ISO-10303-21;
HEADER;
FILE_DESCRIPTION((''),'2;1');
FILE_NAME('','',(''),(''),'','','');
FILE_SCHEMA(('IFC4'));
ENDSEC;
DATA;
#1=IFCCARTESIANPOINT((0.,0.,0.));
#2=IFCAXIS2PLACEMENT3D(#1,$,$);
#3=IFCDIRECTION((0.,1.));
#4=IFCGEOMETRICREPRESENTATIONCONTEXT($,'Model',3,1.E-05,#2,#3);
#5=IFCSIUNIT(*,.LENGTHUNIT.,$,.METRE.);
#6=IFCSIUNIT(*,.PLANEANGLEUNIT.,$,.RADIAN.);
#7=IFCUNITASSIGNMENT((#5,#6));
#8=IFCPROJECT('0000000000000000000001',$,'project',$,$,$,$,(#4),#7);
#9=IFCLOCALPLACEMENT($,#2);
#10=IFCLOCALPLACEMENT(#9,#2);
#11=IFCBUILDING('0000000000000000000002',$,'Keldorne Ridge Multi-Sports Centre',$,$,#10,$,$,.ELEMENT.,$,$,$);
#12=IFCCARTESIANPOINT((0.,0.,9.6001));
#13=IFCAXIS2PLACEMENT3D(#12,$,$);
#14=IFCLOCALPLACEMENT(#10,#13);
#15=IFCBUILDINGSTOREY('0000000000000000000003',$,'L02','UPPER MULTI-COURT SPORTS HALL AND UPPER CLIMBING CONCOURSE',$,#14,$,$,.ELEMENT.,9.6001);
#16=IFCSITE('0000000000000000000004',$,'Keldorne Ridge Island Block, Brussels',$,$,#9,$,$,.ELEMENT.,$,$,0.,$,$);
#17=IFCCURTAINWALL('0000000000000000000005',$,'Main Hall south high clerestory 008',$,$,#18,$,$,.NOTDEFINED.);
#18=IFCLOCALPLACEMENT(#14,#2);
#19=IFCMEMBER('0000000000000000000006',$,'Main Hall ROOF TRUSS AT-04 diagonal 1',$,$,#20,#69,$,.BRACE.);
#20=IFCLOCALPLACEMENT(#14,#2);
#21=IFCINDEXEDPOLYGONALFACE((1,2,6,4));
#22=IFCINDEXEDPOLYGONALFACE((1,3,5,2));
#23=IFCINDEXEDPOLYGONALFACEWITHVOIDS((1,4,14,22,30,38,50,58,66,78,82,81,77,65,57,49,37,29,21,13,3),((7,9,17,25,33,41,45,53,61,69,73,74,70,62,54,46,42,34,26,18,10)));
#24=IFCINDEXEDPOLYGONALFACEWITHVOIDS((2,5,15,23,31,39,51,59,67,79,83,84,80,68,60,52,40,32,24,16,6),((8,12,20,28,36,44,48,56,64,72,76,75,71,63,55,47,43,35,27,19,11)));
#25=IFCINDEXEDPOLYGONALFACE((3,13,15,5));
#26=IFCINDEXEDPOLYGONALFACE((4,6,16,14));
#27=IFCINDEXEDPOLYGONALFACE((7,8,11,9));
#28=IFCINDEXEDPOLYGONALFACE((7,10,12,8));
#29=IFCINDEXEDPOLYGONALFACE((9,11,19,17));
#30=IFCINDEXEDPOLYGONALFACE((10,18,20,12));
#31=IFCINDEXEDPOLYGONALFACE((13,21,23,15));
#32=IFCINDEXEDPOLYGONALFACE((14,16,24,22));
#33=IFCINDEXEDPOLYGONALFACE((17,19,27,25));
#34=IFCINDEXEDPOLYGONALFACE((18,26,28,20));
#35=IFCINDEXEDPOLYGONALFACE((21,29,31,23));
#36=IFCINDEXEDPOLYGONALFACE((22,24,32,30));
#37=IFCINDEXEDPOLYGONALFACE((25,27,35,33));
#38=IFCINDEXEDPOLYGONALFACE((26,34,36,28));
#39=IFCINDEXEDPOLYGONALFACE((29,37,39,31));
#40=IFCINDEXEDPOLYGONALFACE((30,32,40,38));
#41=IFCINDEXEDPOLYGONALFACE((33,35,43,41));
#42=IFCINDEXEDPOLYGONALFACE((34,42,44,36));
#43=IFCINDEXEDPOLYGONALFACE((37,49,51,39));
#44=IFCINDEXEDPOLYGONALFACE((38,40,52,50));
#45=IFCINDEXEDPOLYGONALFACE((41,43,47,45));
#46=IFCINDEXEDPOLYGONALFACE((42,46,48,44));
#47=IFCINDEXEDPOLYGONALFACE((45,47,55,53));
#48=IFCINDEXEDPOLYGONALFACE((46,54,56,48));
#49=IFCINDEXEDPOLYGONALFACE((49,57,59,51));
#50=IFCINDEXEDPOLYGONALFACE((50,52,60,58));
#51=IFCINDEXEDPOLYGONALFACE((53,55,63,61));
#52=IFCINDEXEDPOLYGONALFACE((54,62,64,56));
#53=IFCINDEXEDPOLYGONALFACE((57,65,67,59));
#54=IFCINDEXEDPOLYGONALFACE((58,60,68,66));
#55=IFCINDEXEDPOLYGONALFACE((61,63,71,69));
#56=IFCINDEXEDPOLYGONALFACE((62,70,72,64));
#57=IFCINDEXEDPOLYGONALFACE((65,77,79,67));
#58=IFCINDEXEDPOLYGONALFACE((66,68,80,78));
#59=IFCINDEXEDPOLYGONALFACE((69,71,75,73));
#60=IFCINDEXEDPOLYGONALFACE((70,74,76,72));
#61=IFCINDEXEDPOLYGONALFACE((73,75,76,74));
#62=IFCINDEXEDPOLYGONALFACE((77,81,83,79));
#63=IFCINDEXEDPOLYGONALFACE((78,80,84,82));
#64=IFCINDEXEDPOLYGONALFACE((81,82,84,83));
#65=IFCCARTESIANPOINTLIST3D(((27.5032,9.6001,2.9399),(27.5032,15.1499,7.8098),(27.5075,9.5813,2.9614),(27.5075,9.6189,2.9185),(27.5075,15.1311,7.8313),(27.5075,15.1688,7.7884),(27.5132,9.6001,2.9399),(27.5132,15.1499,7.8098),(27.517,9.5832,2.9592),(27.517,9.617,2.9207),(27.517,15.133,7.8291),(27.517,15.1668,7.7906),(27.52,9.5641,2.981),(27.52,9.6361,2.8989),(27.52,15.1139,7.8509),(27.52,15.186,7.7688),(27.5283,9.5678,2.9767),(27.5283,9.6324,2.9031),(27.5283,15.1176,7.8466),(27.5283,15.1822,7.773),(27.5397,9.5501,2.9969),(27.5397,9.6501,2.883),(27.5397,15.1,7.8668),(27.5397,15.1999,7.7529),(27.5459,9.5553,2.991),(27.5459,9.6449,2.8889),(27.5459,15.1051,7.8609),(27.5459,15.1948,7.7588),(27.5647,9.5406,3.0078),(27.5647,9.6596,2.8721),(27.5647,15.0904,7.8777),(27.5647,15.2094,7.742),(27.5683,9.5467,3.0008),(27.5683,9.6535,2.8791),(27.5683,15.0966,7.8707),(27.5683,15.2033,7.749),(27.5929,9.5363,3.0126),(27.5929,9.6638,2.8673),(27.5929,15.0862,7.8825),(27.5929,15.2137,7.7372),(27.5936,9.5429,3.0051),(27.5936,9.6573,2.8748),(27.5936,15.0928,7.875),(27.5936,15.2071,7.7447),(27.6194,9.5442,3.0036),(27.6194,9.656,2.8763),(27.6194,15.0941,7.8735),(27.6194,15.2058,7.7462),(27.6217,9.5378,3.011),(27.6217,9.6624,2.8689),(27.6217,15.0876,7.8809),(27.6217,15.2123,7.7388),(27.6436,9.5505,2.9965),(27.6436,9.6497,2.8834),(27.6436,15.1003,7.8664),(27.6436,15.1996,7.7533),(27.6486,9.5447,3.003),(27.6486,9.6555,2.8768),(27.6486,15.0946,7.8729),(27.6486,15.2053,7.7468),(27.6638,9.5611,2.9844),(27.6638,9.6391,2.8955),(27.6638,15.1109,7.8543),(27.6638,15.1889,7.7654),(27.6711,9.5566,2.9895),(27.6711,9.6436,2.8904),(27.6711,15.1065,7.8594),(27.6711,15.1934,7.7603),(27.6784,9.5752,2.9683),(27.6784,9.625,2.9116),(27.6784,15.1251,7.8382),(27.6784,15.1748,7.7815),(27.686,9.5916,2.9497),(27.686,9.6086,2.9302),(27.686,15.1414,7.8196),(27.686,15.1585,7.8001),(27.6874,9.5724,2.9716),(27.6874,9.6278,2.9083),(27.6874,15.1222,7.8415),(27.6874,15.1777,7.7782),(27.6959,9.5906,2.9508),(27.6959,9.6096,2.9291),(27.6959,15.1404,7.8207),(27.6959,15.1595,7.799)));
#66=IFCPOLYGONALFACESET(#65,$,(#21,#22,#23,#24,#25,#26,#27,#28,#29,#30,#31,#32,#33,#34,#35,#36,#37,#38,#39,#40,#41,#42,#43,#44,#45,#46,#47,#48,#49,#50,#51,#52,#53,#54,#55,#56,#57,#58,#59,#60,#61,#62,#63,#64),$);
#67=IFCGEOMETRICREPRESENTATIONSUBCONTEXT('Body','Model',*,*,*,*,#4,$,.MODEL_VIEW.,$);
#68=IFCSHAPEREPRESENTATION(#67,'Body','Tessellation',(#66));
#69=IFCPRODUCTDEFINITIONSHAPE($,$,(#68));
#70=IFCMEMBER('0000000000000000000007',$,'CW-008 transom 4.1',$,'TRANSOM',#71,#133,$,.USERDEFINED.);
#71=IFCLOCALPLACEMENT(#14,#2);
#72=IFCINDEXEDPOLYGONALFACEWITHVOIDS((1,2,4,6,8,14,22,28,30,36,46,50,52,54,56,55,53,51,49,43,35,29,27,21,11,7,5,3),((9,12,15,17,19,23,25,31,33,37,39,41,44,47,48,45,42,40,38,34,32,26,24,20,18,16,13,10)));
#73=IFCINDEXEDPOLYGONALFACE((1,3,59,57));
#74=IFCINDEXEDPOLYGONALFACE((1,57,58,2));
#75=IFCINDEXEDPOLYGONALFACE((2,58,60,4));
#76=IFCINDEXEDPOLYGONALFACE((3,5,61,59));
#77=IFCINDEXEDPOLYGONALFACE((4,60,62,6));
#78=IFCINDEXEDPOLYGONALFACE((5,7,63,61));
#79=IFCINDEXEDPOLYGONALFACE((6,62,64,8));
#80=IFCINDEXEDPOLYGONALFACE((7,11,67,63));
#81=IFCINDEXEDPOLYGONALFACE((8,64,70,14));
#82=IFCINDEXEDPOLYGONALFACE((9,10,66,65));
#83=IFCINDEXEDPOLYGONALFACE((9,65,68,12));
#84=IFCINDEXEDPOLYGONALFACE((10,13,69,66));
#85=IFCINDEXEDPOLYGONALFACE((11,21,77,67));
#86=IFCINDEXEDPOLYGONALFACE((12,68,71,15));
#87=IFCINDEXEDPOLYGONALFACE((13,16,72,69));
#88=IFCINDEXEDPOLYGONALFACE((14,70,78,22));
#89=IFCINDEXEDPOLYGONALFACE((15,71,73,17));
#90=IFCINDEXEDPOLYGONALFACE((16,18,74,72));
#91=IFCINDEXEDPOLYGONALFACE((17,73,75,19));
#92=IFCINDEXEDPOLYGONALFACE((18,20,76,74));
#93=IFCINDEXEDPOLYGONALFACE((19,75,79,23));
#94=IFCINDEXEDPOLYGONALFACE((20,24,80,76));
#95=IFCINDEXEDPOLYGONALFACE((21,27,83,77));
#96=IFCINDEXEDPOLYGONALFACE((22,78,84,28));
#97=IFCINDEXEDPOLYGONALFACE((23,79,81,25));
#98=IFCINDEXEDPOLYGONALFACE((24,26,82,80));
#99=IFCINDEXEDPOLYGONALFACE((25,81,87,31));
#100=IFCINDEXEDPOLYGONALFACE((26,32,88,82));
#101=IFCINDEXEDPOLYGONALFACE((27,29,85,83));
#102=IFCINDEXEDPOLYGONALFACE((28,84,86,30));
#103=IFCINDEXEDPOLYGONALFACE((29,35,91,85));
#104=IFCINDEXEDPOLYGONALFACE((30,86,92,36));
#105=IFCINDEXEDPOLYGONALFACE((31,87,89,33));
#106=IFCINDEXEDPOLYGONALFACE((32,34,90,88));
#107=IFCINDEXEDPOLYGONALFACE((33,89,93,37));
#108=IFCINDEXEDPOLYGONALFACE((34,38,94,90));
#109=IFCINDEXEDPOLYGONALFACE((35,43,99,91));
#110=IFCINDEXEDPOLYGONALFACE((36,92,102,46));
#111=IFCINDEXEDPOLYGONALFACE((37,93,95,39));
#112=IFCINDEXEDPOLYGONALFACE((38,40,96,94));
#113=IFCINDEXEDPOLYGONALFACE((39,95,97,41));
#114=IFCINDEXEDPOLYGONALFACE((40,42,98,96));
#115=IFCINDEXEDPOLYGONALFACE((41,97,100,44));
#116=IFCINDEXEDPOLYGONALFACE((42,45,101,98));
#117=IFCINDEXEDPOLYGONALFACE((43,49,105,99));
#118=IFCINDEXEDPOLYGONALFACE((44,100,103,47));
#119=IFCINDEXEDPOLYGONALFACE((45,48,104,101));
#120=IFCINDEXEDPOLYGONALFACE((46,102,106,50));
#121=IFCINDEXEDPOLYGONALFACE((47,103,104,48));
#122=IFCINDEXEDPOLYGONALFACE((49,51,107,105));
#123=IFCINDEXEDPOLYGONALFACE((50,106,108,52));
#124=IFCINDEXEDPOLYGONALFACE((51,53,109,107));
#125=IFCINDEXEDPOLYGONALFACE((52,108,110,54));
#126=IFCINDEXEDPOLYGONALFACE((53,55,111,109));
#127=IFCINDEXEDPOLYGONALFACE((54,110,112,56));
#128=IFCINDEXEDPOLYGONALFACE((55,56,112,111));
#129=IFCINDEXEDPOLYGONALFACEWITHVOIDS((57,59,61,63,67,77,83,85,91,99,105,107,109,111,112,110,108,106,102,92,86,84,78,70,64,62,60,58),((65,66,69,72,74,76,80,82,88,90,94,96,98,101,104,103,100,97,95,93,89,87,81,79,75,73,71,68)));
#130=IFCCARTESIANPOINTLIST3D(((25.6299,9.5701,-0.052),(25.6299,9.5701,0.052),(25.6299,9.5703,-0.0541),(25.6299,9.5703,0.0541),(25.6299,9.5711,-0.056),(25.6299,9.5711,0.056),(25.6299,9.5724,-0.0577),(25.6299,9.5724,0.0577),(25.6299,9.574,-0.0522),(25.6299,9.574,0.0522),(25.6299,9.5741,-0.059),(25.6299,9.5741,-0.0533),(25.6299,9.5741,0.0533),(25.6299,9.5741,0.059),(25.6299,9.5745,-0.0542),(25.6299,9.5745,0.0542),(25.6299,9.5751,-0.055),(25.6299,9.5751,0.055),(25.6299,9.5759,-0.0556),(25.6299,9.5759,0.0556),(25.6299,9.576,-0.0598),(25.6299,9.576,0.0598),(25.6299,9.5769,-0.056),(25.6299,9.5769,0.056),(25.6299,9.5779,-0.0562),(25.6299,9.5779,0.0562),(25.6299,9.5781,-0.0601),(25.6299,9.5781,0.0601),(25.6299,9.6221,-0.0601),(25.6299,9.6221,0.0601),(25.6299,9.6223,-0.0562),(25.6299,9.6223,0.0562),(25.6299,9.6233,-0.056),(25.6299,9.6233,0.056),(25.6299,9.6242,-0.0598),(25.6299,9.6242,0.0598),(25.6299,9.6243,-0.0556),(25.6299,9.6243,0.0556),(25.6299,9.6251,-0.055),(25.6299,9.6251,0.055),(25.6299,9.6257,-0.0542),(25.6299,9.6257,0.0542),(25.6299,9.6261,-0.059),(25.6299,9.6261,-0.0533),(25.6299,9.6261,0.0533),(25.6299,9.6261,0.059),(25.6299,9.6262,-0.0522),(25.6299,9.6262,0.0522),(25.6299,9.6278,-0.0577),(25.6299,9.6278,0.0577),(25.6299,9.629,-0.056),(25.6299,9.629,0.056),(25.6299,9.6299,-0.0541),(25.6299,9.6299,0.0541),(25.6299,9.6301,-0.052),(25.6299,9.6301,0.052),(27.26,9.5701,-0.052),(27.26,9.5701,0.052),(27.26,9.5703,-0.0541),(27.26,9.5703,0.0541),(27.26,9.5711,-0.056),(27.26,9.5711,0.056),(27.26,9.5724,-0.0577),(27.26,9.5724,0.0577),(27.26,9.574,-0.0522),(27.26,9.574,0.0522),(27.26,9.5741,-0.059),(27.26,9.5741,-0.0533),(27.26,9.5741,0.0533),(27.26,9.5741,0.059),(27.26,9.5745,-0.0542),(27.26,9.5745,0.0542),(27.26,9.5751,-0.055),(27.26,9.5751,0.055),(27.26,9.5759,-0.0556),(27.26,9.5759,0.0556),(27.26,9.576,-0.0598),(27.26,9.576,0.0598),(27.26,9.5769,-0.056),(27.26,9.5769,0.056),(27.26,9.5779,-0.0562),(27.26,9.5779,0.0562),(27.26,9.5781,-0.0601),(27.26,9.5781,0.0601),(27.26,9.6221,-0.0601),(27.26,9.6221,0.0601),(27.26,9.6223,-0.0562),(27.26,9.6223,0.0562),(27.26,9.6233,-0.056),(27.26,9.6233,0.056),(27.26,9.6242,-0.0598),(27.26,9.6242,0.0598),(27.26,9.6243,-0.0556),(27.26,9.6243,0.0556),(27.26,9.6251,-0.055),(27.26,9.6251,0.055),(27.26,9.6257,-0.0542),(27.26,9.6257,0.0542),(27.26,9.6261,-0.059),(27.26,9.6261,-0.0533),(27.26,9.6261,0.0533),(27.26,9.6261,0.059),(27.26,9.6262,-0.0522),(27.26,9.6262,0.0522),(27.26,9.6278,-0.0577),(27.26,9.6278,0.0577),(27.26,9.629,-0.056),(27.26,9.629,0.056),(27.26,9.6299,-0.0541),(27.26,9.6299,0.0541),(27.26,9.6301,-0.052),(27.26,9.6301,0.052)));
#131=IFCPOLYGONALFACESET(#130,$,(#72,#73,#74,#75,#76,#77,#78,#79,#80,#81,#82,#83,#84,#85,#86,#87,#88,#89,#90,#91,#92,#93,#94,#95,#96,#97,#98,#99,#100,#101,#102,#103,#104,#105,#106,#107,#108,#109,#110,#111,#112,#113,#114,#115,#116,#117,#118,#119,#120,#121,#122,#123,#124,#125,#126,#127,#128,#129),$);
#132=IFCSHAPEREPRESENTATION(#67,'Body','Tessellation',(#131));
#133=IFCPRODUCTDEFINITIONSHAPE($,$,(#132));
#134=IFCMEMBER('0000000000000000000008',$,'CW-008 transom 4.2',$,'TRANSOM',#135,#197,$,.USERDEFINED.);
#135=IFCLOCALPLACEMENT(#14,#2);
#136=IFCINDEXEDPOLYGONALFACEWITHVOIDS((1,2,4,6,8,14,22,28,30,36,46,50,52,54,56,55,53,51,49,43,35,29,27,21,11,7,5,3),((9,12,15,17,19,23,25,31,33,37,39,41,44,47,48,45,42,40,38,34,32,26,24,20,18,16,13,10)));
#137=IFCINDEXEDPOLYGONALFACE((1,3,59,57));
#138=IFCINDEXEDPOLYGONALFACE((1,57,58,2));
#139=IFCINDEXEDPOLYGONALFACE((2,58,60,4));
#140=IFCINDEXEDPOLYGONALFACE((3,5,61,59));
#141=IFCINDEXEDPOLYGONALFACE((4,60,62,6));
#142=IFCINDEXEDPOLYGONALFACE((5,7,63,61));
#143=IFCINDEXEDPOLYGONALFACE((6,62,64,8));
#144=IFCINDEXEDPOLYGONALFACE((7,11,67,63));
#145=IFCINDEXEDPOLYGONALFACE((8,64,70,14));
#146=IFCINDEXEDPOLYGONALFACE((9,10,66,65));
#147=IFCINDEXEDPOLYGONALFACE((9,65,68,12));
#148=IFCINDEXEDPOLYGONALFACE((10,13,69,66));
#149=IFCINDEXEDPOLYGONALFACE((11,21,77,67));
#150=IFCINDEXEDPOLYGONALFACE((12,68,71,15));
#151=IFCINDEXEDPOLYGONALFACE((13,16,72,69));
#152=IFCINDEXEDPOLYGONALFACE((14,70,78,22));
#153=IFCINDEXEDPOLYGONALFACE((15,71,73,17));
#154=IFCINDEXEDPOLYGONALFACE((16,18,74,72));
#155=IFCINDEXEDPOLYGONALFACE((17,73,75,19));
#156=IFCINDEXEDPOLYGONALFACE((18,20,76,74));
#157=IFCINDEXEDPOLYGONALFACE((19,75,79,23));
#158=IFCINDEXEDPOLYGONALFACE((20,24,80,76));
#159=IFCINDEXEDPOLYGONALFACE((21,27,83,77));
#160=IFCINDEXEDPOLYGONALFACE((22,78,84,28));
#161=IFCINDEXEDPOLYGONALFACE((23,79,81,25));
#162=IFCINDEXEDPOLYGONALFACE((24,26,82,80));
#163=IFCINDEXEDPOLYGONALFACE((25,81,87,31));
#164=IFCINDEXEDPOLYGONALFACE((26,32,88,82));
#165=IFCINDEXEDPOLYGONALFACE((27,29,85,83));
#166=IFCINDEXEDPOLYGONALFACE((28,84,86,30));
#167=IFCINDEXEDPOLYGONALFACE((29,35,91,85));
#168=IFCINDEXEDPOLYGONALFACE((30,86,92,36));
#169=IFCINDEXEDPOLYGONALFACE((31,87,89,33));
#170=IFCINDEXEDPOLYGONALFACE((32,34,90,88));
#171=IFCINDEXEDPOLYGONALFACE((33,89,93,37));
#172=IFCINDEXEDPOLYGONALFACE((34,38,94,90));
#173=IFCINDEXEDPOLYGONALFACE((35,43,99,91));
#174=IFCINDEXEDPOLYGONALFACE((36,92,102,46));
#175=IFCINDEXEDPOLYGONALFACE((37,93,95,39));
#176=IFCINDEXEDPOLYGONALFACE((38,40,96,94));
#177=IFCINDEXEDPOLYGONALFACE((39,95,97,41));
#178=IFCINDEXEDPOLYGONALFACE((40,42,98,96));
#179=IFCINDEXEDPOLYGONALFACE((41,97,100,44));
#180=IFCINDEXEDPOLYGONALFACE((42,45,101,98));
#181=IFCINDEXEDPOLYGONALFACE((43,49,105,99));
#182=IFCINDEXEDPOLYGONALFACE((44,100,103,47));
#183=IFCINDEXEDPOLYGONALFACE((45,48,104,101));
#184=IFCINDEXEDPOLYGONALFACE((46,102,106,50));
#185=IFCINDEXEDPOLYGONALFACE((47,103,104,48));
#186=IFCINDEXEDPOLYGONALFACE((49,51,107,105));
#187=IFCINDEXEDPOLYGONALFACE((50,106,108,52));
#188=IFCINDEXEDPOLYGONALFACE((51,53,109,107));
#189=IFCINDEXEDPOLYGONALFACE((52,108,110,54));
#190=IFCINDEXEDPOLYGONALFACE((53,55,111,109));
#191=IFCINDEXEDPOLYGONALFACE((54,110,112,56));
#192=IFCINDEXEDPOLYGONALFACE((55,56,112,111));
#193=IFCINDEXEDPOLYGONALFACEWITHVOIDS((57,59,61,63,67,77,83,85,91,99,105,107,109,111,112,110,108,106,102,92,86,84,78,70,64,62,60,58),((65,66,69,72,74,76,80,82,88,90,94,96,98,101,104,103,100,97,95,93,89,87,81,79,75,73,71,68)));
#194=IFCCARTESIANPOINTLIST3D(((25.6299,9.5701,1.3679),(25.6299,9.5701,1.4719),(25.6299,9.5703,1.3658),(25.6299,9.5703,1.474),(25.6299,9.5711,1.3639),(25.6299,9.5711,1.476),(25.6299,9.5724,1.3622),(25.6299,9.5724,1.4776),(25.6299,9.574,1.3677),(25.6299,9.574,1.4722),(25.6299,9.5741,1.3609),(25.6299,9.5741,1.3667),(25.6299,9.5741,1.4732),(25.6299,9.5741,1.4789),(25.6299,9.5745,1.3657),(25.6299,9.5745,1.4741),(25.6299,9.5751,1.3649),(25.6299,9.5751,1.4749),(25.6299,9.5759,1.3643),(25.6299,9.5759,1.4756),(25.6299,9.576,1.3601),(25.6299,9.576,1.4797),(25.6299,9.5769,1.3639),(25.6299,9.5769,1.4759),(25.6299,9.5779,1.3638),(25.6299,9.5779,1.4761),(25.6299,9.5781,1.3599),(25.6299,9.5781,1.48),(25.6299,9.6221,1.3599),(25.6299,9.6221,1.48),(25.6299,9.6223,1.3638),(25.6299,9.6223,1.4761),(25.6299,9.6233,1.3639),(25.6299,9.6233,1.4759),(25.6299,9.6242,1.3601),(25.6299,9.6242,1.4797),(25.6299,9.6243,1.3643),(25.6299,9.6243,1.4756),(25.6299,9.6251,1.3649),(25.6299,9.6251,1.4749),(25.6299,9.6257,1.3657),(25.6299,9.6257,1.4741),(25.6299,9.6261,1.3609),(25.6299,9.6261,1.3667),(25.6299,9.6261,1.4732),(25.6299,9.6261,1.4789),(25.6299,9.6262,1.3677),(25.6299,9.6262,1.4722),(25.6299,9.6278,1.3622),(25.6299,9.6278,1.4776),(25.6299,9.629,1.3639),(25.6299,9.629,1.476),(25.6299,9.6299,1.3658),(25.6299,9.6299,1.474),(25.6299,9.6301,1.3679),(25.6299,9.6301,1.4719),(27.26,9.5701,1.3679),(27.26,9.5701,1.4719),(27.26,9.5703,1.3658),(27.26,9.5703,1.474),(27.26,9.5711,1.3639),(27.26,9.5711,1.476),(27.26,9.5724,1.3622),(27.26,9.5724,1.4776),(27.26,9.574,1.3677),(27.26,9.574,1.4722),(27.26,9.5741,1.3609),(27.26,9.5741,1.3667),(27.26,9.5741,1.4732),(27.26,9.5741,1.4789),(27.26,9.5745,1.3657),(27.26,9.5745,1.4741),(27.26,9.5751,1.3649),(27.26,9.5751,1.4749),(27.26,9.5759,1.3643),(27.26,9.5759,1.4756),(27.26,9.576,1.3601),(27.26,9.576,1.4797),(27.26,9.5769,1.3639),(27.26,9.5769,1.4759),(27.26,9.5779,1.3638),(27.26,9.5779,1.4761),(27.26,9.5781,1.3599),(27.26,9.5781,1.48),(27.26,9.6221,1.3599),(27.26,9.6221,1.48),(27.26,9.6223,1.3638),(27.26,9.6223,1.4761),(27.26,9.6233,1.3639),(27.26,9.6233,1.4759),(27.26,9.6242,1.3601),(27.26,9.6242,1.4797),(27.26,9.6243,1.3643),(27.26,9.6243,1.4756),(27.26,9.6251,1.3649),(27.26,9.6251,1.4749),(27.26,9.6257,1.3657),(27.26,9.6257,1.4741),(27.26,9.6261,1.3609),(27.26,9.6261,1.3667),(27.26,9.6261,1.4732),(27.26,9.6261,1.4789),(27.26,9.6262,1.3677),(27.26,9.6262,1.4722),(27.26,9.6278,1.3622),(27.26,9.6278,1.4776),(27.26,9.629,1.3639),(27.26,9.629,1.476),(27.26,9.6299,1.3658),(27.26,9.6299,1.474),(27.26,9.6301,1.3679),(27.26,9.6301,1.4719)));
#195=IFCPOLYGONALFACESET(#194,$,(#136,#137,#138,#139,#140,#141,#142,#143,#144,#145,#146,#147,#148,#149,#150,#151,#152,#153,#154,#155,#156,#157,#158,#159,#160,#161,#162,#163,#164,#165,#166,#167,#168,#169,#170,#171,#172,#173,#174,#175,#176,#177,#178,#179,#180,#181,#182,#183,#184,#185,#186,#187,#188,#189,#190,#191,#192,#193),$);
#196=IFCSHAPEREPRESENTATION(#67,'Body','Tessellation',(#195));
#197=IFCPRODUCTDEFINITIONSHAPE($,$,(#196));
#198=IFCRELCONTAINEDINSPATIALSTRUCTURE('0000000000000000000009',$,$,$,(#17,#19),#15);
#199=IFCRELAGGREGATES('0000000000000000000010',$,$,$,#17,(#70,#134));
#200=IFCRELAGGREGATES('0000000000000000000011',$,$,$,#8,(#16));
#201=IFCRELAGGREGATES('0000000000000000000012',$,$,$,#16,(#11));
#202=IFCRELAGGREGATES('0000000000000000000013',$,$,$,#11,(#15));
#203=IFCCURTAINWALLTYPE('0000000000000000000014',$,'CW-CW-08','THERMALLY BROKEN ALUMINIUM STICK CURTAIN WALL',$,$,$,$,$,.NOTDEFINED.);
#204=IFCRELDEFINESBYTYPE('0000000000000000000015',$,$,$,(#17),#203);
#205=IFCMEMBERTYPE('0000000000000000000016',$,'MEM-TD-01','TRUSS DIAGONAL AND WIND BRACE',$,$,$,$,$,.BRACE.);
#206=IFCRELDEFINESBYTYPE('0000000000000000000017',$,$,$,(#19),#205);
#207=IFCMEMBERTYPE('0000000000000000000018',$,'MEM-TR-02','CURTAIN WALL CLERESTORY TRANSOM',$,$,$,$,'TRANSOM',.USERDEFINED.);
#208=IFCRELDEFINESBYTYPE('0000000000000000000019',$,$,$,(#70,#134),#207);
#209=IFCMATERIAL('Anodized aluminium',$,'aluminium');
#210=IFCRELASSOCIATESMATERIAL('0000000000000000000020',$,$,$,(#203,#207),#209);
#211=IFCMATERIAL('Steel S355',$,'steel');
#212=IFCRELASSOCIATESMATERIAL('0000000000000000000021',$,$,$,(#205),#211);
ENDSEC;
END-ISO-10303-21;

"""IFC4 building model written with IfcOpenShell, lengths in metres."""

from ifc_helpers import new_model, si_unit, direction, frame, origin, origin_2d, place, context, subcontext, project, spatial, hollow_rectangle, hollow_circle, extrude, material, material_profile, profile_set, type_object, element, aggregate, save


model = new_model("IFC4")

# Units and contexts
model_context = context("Model", 3, precision=1e-05, world=origin(), true_north=direction((0.0, 1.0)))
body_context = subcontext(model_context, "Body", "Model", "MODEL_VIEW")
ifc_project = project(units=[si_unit("LENGTHUNIT", "METRE"), si_unit("PLANEANGLEUNIT", "RADIAN")], contexts=[model_context])

# Site, building, storey
site_placement = place(None, origin())
site = spatial("IfcSite", under=ifc_project, at=site_placement, Name="Keldorne Ridge Island Block, Brussels", CompositionType="ELEMENT", RefElevation=0.0)
building_placement = place(site_placement, origin())
building = spatial("IfcBuilding", under=site, at=building_placement, Name="Keldorne Ridge Multi-Sports Centre", CompositionType="ELEMENT")
storey_placement = place(building_placement, frame((0.0, 0.0, 9.6001)))
storey = spatial("IfcBuildingStorey", under=building, at=storey_placement, Name="L02", Description="UPPER MULTI-COURT SPORTS HALL AND UPPER CLIMBING CONCOURSE", CompositionType="ELEMENT", Elevation=9.6001)

# Shared definitions
ifc_material_1 = material(Name="Steel S355", Category="steel")

# Curtain wall
ifc_material_2 = material(Name="Anodized aluminium", Category="aluminium")
curtain_wall_type_1 = type_object("IfcCurtainWallType", Name="CW-CW-08", Description="THERMALLY BROKEN ALUMINIUM STICK CURTAIN WALL", PredefinedType="NOTDEFINED", material=ifc_material_2)
curtain_wall_1_placement = place(storey_placement, origin())
curtain_wall_1 = element("IfcCurtainWall", 1, at=curtain_wall_1_placement, inside=storey, type_object=curtain_wall_type_1, Name="Main Hall south high clerestory 008", PredefinedType="NOTDEFINED")

# Member
ifc_material_profile_1 = material_profile(ifc_material_1, hollow_circle(Radius=0.0969, WallThickness=0.01, at=origin_2d()), Name="CHS 193.7x10")
ifc_profile_set_1 = profile_set([ifc_material_profile_1], Name="Steel S355")
member_type_1 = type_object("IfcMemberType", Name="MEM-TD-01", Description="TRUSS DIAGONAL AND WIND BRACE", PredefinedType="BRACE", material=ifc_profile_set_1)
member_1_placement = place(storey_placement, frame((27.6001, 9.6001, 2.9399), z_axis=(0.0, 0.75165, 0.659562), x_axis=(-1.0, 0.0, 0.0)))
element("IfcMember", 2, at=member_1_placement, inside=storey, type_object=member_type_1, Name="Main Hall ROOF TRUSS AT-04 diagonal 1", PredefinedType="BRACE", context=body_context, shape_type="SweptSolid", body=[
    extrude(hollow_circle(Radius=0.0969, WallThickness=0.01, at=origin_2d()), origin(), (0.0, 0.0, 1.0), 7.3835),
])

# Members
ifc_material_profile_2 = material_profile(ifc_material_2, hollow_rectangle(XDim=0.0601, YDim=0.1201, WallThickness=0.0039, InnerFilletRadius=0.0039, OuterFilletRadius=0.0081, at=origin_2d()), Name="ALU TRANSOM 120x60x4")
ifc_profile_set_2 = profile_set([ifc_material_profile_2], Name="Anodized aluminium")
member_type_2 = type_object("IfcMemberType", Name="MEM-TR-02", Description="CURTAIN WALL CLERESTORY TRANSOM", ElementType="TRANSOM", PredefinedType="USERDEFINED", material=ifc_profile_set_2)
member_2_placement = place(storey_placement, frame((25.6299, 9.6001, 0.0), z_axis=(1.0, 0.0, 0.0), x_axis=(0.0, 1.0, 0.0)))
member_2 = element("IfcMember", 3, at=member_2_placement, type_object=member_type_2, Name="CW-008 transom 4.1", ObjectType="TRANSOM", PredefinedType="USERDEFINED", context=body_context, shape_type="SweptSolid", body=[
    extrude(hollow_rectangle(XDim=0.0601, YDim=0.1201, WallThickness=0.0039, InnerFilletRadius=0.0039, OuterFilletRadius=0.0081, at=origin_2d()), origin(), (0.0, 0.0, 1.0), 1.6301),
])
member_3_placement = place(storey_placement, frame((25.6299, 9.6001, 1.4199), z_axis=(1.0, 0.0, 0.0), x_axis=(0.0, 1.0, 0.0)))
member_3 = element("IfcMember", 4, at=member_3_placement, type_object=member_type_2, Name="CW-008 transom 4.2", ObjectType="TRANSOM", PredefinedType="USERDEFINED", context=body_context, shape_type="SweptSolid", body=[
    extrude(hollow_rectangle(XDim=0.0601, YDim=0.1201, WallThickness=0.0039, InnerFilletRadius=0.0039, OuterFilletRadius=0.0081, at=origin_2d()), origin(), (0.0, 0.0, 1.0), 1.6301),
])

aggregate(curtain_wall_1, [member_2, member_3])

save(model, "model.ifc")
